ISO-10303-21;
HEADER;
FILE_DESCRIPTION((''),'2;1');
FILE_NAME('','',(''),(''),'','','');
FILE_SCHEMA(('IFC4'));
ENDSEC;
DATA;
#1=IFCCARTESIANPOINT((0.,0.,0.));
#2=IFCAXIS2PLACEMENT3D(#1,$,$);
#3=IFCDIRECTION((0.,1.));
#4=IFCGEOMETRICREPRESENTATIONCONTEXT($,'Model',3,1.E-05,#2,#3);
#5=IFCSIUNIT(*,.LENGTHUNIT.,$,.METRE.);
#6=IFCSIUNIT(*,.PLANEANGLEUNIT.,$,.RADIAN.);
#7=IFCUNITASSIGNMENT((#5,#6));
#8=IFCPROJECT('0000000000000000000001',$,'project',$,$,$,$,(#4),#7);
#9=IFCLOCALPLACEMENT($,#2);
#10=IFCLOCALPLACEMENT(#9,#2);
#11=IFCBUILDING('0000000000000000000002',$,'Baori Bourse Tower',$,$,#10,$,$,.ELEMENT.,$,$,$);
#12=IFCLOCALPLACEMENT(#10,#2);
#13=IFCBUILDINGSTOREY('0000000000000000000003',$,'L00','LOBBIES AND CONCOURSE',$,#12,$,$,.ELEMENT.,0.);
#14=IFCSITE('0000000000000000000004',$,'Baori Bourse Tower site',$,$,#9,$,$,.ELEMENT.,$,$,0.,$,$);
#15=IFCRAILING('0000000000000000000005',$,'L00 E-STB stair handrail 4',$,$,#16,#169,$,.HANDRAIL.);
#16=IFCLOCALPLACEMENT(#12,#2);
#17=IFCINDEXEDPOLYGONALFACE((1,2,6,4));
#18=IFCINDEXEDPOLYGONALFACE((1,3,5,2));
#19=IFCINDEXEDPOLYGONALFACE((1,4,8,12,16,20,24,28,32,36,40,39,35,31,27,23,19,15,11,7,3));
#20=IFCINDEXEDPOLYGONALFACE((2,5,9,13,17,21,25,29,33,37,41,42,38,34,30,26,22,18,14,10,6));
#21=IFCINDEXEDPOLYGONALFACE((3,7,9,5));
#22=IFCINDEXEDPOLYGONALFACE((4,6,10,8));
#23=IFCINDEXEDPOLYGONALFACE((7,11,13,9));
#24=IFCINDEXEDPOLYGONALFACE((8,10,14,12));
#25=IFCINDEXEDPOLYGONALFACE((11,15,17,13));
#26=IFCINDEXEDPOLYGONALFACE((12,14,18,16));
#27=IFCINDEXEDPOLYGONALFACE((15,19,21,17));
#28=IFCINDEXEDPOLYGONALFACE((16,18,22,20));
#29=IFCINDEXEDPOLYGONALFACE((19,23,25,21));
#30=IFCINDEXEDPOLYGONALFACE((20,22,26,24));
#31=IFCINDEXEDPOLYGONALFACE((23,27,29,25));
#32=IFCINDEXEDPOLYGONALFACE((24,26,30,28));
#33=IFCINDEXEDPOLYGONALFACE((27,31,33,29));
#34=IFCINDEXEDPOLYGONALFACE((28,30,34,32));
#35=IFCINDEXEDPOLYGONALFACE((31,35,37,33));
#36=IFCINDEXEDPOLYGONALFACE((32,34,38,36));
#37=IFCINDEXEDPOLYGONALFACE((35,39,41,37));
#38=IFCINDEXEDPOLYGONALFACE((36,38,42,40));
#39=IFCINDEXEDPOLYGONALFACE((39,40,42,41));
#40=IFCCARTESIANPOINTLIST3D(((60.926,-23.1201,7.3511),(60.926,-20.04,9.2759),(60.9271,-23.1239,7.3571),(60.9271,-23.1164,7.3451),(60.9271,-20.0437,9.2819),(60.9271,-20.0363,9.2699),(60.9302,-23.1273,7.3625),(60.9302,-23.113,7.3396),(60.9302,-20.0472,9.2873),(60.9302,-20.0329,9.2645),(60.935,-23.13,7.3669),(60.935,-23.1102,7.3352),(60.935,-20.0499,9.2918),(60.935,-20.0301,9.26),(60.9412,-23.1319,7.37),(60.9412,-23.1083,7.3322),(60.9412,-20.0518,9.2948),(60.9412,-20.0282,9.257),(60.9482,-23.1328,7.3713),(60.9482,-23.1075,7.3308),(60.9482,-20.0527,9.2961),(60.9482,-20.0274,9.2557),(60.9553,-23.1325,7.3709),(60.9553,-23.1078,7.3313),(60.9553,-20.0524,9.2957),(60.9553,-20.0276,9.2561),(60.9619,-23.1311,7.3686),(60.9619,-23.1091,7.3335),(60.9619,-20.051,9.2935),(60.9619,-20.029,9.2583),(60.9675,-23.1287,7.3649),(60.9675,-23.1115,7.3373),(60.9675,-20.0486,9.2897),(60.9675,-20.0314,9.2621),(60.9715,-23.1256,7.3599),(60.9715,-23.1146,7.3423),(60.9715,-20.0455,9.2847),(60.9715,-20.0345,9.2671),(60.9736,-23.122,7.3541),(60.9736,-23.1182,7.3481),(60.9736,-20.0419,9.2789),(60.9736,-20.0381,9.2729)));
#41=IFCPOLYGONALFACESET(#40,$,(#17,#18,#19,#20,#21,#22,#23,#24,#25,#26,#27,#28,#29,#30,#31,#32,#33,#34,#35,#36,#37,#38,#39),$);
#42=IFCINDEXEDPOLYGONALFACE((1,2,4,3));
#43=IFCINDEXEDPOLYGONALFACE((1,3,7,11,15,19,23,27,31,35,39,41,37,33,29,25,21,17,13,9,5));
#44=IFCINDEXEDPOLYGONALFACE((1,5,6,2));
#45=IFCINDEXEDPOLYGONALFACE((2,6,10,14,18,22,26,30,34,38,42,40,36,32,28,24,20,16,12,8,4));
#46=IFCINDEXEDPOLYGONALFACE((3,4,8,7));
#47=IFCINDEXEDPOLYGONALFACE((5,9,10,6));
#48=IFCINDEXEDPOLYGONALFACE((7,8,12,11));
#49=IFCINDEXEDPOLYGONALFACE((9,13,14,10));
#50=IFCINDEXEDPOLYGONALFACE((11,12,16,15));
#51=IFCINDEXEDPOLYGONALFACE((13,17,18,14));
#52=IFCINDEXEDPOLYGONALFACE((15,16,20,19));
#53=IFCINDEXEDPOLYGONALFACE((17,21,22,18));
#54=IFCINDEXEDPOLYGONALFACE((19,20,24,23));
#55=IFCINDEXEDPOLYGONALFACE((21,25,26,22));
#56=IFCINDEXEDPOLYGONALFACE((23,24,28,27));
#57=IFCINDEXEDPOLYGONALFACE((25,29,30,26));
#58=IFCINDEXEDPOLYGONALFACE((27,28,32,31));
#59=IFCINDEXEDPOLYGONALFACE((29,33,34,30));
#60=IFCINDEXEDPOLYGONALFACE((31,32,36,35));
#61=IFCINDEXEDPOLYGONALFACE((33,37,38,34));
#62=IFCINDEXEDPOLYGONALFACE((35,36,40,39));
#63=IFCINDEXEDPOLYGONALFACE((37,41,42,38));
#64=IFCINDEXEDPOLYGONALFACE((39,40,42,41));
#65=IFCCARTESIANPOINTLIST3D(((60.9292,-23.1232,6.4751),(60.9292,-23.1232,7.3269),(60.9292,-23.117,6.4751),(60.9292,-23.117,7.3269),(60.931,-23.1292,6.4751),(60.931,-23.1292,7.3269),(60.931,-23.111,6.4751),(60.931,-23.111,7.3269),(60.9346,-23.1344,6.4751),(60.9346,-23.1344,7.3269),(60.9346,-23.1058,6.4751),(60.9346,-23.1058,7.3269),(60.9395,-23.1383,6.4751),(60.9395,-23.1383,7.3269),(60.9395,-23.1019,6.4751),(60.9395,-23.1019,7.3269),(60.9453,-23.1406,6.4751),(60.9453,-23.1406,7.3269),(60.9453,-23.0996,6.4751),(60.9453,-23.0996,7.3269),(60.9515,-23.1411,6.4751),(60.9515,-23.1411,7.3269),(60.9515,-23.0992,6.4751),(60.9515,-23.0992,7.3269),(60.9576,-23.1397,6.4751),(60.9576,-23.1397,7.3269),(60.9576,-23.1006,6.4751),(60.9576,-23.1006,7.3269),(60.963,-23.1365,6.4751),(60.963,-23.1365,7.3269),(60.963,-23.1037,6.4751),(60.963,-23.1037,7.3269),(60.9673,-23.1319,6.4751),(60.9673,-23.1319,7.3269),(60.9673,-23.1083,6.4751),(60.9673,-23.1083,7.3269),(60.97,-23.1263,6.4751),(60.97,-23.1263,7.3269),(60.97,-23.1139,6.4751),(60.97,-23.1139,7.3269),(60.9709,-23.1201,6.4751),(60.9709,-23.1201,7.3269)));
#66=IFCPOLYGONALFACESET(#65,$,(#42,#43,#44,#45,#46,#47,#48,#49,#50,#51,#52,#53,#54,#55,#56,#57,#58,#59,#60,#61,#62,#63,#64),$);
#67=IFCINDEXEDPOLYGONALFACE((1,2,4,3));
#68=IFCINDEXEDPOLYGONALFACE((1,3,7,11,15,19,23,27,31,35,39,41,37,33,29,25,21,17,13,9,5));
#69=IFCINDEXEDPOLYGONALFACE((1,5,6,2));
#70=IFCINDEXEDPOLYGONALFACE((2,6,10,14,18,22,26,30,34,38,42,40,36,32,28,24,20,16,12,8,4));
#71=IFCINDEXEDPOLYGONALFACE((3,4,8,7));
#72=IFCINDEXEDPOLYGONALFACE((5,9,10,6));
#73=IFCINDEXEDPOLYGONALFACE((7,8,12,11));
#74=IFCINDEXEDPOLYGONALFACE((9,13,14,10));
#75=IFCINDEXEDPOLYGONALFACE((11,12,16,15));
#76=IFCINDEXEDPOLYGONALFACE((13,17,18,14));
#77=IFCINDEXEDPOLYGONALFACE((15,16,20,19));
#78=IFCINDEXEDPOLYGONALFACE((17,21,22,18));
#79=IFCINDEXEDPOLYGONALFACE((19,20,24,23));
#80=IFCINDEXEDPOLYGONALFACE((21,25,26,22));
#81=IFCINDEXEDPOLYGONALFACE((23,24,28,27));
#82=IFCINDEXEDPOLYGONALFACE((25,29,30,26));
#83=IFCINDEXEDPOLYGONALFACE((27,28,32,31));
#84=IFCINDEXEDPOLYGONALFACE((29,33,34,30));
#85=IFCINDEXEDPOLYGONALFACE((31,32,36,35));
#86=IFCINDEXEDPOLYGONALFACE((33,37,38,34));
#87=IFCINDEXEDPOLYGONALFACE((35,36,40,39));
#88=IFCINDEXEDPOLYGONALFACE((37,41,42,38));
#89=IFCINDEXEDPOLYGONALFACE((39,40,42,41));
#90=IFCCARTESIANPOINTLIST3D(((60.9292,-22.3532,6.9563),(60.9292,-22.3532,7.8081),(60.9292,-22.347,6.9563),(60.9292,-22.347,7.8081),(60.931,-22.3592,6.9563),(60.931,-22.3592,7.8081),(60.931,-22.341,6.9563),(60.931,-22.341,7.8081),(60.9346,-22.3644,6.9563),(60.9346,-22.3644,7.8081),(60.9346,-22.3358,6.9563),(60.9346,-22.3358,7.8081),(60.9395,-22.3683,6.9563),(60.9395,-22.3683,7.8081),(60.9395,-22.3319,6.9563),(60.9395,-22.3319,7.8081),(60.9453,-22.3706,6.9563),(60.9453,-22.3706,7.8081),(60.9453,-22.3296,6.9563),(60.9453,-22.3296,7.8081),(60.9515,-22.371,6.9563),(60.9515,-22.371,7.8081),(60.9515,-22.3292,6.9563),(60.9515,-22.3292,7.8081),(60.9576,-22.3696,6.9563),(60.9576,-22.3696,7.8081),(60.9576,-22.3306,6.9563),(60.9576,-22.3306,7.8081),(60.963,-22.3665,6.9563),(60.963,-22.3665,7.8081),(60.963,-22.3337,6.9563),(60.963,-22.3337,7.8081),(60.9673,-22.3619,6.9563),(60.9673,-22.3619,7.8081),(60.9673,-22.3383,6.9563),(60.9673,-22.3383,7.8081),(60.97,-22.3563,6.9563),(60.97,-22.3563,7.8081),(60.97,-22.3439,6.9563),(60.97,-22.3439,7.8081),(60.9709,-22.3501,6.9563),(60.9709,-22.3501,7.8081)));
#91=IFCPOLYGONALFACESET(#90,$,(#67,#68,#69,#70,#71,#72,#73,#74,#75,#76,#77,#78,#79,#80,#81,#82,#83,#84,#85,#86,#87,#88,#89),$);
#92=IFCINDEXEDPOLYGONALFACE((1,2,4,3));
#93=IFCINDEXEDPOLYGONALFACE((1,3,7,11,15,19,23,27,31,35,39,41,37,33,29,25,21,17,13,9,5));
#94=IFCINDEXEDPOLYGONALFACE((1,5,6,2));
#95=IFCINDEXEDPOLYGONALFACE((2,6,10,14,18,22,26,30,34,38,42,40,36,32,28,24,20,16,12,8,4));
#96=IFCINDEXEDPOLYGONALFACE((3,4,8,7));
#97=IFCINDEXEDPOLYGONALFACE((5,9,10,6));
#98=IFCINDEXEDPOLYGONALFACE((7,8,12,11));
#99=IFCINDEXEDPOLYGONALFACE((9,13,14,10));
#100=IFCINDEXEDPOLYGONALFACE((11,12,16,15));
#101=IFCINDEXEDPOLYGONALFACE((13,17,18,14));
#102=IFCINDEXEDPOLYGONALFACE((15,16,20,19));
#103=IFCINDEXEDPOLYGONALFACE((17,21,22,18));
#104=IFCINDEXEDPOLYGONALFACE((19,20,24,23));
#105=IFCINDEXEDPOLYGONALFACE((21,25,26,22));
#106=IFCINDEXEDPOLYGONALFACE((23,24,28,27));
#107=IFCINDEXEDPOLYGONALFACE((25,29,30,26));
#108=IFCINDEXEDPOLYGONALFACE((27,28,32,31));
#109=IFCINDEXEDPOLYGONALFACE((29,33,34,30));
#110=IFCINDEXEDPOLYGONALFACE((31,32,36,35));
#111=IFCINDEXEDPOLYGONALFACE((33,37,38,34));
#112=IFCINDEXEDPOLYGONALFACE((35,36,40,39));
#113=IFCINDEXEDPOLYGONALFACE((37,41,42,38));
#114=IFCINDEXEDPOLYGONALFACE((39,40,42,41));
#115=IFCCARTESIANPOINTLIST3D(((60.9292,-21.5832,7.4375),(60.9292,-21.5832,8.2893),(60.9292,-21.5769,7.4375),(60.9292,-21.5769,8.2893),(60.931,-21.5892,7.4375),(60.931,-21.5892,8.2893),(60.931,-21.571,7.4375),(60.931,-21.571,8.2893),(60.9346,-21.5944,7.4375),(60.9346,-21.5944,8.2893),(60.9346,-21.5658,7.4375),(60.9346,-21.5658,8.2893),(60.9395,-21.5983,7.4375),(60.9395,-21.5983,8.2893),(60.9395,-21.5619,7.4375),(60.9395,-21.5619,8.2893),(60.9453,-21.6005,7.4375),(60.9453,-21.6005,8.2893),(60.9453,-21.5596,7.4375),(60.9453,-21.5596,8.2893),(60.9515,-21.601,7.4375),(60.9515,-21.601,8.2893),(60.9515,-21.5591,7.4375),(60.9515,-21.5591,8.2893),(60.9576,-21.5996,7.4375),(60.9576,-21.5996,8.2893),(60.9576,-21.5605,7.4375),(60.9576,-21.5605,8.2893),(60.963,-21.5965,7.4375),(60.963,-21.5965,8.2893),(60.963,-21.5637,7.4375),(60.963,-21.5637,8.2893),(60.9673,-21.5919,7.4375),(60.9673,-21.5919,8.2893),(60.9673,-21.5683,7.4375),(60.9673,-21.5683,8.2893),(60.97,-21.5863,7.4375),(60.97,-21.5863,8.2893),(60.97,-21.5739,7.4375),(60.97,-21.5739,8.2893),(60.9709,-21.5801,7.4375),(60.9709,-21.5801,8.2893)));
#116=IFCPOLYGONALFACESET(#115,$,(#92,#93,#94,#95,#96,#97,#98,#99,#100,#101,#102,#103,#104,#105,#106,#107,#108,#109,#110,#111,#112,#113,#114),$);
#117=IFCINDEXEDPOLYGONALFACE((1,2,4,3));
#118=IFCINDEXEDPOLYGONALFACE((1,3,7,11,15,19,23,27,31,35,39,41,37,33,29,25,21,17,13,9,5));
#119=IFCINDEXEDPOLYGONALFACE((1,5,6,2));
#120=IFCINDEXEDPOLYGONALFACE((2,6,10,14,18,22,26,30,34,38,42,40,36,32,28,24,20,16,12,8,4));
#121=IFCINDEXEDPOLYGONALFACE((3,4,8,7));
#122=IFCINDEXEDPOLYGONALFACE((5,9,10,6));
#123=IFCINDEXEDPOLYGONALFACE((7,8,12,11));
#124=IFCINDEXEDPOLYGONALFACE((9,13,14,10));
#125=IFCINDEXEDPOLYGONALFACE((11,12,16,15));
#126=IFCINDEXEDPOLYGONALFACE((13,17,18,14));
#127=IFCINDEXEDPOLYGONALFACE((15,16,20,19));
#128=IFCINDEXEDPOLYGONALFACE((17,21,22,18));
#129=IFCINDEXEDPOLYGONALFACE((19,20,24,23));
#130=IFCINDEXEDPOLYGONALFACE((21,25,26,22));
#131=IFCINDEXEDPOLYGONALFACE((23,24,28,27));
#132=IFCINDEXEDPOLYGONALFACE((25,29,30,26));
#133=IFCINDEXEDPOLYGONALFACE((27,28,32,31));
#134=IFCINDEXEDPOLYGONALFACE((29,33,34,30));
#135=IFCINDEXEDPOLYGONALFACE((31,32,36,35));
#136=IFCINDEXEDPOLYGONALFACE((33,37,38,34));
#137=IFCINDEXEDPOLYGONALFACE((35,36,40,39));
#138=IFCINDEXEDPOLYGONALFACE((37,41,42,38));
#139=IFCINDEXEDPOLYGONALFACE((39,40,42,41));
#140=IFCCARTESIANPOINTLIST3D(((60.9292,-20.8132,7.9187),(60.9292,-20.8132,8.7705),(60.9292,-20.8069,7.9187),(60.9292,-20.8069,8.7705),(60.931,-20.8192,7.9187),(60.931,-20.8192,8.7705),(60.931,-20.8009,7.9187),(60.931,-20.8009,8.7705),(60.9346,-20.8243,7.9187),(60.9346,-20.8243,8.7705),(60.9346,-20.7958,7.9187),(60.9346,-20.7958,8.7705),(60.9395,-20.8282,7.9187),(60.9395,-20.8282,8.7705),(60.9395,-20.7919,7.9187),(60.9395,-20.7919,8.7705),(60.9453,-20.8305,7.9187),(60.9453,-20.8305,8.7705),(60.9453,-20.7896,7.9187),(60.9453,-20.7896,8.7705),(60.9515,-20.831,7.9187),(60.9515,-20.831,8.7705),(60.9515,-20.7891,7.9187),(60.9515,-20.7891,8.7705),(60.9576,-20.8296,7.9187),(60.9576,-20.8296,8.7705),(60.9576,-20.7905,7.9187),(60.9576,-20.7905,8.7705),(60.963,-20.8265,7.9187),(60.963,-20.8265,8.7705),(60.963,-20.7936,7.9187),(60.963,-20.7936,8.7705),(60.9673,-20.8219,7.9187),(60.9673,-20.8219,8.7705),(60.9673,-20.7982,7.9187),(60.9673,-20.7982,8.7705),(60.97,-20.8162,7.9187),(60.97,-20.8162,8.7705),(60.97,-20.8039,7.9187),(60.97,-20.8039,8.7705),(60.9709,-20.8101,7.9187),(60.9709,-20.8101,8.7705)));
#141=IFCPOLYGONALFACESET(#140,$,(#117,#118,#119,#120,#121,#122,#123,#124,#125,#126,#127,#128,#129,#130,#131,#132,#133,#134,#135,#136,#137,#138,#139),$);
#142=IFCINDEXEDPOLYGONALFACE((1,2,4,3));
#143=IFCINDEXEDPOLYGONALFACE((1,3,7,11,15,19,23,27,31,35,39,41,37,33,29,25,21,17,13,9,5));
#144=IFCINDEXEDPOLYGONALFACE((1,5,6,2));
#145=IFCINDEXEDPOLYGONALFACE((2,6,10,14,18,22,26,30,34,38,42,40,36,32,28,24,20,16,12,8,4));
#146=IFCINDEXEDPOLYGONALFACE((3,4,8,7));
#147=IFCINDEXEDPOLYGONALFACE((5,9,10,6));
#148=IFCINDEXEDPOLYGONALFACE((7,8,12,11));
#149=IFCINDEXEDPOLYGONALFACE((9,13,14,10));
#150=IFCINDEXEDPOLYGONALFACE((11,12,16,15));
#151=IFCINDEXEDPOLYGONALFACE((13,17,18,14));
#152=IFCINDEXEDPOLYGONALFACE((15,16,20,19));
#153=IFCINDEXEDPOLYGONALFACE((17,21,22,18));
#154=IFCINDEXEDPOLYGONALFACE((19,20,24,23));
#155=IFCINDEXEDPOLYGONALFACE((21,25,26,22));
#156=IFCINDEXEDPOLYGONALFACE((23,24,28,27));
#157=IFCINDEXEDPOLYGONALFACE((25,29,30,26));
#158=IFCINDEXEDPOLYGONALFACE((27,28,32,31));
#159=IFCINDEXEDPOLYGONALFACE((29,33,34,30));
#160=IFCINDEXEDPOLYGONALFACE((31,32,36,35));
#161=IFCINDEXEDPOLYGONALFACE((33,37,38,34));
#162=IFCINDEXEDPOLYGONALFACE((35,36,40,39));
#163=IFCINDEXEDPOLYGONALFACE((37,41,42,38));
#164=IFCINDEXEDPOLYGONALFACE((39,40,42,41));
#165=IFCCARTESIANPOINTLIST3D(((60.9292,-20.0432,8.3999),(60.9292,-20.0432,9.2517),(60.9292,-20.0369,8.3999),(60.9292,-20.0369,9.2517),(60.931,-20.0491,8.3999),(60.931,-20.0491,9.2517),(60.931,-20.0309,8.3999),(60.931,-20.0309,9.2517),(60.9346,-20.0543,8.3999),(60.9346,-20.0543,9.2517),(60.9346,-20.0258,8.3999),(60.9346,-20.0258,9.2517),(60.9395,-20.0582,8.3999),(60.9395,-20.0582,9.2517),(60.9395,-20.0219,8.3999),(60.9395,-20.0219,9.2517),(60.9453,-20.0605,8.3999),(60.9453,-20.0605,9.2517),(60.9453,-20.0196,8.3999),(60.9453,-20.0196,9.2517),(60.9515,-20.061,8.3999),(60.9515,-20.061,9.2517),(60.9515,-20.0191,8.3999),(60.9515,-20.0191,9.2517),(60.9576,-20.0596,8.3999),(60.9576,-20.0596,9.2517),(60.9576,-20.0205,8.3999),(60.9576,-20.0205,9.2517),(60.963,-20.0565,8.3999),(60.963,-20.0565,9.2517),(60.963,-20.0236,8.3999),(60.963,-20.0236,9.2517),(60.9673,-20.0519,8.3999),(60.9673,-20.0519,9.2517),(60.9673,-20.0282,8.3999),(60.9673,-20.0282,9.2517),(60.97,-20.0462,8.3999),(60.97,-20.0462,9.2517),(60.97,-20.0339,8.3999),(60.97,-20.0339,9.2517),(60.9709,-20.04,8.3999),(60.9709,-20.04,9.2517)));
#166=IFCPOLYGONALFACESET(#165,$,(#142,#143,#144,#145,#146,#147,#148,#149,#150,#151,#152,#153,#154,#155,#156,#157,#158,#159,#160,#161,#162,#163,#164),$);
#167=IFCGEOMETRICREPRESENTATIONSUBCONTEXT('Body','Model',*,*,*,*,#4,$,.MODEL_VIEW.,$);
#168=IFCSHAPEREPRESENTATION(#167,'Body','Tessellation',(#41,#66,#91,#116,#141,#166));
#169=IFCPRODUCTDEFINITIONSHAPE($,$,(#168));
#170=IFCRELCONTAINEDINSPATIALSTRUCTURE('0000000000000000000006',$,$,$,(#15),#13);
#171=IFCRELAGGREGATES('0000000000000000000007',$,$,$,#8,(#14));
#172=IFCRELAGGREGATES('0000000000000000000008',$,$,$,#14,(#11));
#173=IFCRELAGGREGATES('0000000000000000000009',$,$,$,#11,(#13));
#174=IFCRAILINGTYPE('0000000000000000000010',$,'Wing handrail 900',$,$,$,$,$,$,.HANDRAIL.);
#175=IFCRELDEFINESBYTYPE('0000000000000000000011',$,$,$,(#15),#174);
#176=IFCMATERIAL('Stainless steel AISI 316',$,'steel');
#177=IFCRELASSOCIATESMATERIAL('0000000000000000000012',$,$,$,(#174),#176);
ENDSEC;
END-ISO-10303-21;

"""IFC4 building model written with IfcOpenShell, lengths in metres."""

from ifc_helpers import new_model, si_unit, direction, frame, origin, origin_2d, place, context, subcontext, project, spatial, circle, extrude, material, type_object, element, save


model = new_model("IFC4")

# Units and contexts
model_context = context("Model", 3, precision=1e-05, world=origin(), true_north=direction((0.0, 1.0)))
body_context = subcontext(model_context, "Body", "Model", "MODEL_VIEW")
ifc_project = project(units=[si_unit("LENGTHUNIT", "METRE"), si_unit("PLANEANGLEUNIT", "RADIAN")], contexts=[model_context])

# Site, building, storey
site_placement = place(None, origin())
site = spatial("IfcSite", under=ifc_project, at=site_placement, Name="Baori Bourse Tower site", CompositionType="ELEMENT", RefElevation=0.0)
building_placement = place(site_placement, origin())
building = spatial("IfcBuilding", under=site, at=building_placement, Name="Baori Bourse Tower", CompositionType="ELEMENT")
storey_placement = place(building_placement, origin())
storey = spatial("IfcBuildingStorey", under=building, at=storey_placement, Name="L00", Description="LOBBIES AND CONCOURSE", CompositionType="ELEMENT", Elevation=0.0)

# Railing
ifc_material_1 = material(Name="Stainless steel AISI 316", Category="steel")
railing_type_1 = type_object("IfcRailingType", Name="Wing handrail 900", PredefinedType="HANDRAIL", material=ifc_material_1)
railing_1_placement = place(storey_placement, frame((60.95, -23.1201, 6.4751)))
element("IfcRailing", 1, at=railing_1_placement, inside=storey, type_object=railing_type_1, Name="L00 E-STB stair handrail 4", PredefinedType="HANDRAIL", context=body_context, shape_type="SweptSolid", body=[
    extrude(circle(Radius=0.0239, at=origin_2d()), frame((0.0, 0.0, 0.876), z_axis=(0.0, 0.848029, 0.529951), x_axis=(-1.0, 0.0, 0.0)), (0.0, 0.0, 1.0), 3.6321),
    extrude(circle(Radius=0.021, at=origin_2d()), origin(), (0.0, 0.0, 1.0), 0.8518),
    extrude(circle(Radius=0.021, at=origin_2d()), frame((0.0, 0.77, 0.4812)), (0.0, 0.0, 1.0), 0.8518),
    extrude(circle(Radius=0.021, at=origin_2d()), frame((0.0, 1.54, 0.9624)), (0.0, 0.0, 1.0), 0.8518),
    extrude(circle(Radius=0.021, at=origin_2d()), frame((0.0, 2.3101, 1.4436)), (0.0, 0.0, 1.0), 0.8518),
    extrude(circle(Radius=0.021, at=origin_2d()), frame((0.0, 3.0801, 1.9248)), (0.0, 0.0, 1.0), 0.8518),
])

save(model, "model.ifc")
